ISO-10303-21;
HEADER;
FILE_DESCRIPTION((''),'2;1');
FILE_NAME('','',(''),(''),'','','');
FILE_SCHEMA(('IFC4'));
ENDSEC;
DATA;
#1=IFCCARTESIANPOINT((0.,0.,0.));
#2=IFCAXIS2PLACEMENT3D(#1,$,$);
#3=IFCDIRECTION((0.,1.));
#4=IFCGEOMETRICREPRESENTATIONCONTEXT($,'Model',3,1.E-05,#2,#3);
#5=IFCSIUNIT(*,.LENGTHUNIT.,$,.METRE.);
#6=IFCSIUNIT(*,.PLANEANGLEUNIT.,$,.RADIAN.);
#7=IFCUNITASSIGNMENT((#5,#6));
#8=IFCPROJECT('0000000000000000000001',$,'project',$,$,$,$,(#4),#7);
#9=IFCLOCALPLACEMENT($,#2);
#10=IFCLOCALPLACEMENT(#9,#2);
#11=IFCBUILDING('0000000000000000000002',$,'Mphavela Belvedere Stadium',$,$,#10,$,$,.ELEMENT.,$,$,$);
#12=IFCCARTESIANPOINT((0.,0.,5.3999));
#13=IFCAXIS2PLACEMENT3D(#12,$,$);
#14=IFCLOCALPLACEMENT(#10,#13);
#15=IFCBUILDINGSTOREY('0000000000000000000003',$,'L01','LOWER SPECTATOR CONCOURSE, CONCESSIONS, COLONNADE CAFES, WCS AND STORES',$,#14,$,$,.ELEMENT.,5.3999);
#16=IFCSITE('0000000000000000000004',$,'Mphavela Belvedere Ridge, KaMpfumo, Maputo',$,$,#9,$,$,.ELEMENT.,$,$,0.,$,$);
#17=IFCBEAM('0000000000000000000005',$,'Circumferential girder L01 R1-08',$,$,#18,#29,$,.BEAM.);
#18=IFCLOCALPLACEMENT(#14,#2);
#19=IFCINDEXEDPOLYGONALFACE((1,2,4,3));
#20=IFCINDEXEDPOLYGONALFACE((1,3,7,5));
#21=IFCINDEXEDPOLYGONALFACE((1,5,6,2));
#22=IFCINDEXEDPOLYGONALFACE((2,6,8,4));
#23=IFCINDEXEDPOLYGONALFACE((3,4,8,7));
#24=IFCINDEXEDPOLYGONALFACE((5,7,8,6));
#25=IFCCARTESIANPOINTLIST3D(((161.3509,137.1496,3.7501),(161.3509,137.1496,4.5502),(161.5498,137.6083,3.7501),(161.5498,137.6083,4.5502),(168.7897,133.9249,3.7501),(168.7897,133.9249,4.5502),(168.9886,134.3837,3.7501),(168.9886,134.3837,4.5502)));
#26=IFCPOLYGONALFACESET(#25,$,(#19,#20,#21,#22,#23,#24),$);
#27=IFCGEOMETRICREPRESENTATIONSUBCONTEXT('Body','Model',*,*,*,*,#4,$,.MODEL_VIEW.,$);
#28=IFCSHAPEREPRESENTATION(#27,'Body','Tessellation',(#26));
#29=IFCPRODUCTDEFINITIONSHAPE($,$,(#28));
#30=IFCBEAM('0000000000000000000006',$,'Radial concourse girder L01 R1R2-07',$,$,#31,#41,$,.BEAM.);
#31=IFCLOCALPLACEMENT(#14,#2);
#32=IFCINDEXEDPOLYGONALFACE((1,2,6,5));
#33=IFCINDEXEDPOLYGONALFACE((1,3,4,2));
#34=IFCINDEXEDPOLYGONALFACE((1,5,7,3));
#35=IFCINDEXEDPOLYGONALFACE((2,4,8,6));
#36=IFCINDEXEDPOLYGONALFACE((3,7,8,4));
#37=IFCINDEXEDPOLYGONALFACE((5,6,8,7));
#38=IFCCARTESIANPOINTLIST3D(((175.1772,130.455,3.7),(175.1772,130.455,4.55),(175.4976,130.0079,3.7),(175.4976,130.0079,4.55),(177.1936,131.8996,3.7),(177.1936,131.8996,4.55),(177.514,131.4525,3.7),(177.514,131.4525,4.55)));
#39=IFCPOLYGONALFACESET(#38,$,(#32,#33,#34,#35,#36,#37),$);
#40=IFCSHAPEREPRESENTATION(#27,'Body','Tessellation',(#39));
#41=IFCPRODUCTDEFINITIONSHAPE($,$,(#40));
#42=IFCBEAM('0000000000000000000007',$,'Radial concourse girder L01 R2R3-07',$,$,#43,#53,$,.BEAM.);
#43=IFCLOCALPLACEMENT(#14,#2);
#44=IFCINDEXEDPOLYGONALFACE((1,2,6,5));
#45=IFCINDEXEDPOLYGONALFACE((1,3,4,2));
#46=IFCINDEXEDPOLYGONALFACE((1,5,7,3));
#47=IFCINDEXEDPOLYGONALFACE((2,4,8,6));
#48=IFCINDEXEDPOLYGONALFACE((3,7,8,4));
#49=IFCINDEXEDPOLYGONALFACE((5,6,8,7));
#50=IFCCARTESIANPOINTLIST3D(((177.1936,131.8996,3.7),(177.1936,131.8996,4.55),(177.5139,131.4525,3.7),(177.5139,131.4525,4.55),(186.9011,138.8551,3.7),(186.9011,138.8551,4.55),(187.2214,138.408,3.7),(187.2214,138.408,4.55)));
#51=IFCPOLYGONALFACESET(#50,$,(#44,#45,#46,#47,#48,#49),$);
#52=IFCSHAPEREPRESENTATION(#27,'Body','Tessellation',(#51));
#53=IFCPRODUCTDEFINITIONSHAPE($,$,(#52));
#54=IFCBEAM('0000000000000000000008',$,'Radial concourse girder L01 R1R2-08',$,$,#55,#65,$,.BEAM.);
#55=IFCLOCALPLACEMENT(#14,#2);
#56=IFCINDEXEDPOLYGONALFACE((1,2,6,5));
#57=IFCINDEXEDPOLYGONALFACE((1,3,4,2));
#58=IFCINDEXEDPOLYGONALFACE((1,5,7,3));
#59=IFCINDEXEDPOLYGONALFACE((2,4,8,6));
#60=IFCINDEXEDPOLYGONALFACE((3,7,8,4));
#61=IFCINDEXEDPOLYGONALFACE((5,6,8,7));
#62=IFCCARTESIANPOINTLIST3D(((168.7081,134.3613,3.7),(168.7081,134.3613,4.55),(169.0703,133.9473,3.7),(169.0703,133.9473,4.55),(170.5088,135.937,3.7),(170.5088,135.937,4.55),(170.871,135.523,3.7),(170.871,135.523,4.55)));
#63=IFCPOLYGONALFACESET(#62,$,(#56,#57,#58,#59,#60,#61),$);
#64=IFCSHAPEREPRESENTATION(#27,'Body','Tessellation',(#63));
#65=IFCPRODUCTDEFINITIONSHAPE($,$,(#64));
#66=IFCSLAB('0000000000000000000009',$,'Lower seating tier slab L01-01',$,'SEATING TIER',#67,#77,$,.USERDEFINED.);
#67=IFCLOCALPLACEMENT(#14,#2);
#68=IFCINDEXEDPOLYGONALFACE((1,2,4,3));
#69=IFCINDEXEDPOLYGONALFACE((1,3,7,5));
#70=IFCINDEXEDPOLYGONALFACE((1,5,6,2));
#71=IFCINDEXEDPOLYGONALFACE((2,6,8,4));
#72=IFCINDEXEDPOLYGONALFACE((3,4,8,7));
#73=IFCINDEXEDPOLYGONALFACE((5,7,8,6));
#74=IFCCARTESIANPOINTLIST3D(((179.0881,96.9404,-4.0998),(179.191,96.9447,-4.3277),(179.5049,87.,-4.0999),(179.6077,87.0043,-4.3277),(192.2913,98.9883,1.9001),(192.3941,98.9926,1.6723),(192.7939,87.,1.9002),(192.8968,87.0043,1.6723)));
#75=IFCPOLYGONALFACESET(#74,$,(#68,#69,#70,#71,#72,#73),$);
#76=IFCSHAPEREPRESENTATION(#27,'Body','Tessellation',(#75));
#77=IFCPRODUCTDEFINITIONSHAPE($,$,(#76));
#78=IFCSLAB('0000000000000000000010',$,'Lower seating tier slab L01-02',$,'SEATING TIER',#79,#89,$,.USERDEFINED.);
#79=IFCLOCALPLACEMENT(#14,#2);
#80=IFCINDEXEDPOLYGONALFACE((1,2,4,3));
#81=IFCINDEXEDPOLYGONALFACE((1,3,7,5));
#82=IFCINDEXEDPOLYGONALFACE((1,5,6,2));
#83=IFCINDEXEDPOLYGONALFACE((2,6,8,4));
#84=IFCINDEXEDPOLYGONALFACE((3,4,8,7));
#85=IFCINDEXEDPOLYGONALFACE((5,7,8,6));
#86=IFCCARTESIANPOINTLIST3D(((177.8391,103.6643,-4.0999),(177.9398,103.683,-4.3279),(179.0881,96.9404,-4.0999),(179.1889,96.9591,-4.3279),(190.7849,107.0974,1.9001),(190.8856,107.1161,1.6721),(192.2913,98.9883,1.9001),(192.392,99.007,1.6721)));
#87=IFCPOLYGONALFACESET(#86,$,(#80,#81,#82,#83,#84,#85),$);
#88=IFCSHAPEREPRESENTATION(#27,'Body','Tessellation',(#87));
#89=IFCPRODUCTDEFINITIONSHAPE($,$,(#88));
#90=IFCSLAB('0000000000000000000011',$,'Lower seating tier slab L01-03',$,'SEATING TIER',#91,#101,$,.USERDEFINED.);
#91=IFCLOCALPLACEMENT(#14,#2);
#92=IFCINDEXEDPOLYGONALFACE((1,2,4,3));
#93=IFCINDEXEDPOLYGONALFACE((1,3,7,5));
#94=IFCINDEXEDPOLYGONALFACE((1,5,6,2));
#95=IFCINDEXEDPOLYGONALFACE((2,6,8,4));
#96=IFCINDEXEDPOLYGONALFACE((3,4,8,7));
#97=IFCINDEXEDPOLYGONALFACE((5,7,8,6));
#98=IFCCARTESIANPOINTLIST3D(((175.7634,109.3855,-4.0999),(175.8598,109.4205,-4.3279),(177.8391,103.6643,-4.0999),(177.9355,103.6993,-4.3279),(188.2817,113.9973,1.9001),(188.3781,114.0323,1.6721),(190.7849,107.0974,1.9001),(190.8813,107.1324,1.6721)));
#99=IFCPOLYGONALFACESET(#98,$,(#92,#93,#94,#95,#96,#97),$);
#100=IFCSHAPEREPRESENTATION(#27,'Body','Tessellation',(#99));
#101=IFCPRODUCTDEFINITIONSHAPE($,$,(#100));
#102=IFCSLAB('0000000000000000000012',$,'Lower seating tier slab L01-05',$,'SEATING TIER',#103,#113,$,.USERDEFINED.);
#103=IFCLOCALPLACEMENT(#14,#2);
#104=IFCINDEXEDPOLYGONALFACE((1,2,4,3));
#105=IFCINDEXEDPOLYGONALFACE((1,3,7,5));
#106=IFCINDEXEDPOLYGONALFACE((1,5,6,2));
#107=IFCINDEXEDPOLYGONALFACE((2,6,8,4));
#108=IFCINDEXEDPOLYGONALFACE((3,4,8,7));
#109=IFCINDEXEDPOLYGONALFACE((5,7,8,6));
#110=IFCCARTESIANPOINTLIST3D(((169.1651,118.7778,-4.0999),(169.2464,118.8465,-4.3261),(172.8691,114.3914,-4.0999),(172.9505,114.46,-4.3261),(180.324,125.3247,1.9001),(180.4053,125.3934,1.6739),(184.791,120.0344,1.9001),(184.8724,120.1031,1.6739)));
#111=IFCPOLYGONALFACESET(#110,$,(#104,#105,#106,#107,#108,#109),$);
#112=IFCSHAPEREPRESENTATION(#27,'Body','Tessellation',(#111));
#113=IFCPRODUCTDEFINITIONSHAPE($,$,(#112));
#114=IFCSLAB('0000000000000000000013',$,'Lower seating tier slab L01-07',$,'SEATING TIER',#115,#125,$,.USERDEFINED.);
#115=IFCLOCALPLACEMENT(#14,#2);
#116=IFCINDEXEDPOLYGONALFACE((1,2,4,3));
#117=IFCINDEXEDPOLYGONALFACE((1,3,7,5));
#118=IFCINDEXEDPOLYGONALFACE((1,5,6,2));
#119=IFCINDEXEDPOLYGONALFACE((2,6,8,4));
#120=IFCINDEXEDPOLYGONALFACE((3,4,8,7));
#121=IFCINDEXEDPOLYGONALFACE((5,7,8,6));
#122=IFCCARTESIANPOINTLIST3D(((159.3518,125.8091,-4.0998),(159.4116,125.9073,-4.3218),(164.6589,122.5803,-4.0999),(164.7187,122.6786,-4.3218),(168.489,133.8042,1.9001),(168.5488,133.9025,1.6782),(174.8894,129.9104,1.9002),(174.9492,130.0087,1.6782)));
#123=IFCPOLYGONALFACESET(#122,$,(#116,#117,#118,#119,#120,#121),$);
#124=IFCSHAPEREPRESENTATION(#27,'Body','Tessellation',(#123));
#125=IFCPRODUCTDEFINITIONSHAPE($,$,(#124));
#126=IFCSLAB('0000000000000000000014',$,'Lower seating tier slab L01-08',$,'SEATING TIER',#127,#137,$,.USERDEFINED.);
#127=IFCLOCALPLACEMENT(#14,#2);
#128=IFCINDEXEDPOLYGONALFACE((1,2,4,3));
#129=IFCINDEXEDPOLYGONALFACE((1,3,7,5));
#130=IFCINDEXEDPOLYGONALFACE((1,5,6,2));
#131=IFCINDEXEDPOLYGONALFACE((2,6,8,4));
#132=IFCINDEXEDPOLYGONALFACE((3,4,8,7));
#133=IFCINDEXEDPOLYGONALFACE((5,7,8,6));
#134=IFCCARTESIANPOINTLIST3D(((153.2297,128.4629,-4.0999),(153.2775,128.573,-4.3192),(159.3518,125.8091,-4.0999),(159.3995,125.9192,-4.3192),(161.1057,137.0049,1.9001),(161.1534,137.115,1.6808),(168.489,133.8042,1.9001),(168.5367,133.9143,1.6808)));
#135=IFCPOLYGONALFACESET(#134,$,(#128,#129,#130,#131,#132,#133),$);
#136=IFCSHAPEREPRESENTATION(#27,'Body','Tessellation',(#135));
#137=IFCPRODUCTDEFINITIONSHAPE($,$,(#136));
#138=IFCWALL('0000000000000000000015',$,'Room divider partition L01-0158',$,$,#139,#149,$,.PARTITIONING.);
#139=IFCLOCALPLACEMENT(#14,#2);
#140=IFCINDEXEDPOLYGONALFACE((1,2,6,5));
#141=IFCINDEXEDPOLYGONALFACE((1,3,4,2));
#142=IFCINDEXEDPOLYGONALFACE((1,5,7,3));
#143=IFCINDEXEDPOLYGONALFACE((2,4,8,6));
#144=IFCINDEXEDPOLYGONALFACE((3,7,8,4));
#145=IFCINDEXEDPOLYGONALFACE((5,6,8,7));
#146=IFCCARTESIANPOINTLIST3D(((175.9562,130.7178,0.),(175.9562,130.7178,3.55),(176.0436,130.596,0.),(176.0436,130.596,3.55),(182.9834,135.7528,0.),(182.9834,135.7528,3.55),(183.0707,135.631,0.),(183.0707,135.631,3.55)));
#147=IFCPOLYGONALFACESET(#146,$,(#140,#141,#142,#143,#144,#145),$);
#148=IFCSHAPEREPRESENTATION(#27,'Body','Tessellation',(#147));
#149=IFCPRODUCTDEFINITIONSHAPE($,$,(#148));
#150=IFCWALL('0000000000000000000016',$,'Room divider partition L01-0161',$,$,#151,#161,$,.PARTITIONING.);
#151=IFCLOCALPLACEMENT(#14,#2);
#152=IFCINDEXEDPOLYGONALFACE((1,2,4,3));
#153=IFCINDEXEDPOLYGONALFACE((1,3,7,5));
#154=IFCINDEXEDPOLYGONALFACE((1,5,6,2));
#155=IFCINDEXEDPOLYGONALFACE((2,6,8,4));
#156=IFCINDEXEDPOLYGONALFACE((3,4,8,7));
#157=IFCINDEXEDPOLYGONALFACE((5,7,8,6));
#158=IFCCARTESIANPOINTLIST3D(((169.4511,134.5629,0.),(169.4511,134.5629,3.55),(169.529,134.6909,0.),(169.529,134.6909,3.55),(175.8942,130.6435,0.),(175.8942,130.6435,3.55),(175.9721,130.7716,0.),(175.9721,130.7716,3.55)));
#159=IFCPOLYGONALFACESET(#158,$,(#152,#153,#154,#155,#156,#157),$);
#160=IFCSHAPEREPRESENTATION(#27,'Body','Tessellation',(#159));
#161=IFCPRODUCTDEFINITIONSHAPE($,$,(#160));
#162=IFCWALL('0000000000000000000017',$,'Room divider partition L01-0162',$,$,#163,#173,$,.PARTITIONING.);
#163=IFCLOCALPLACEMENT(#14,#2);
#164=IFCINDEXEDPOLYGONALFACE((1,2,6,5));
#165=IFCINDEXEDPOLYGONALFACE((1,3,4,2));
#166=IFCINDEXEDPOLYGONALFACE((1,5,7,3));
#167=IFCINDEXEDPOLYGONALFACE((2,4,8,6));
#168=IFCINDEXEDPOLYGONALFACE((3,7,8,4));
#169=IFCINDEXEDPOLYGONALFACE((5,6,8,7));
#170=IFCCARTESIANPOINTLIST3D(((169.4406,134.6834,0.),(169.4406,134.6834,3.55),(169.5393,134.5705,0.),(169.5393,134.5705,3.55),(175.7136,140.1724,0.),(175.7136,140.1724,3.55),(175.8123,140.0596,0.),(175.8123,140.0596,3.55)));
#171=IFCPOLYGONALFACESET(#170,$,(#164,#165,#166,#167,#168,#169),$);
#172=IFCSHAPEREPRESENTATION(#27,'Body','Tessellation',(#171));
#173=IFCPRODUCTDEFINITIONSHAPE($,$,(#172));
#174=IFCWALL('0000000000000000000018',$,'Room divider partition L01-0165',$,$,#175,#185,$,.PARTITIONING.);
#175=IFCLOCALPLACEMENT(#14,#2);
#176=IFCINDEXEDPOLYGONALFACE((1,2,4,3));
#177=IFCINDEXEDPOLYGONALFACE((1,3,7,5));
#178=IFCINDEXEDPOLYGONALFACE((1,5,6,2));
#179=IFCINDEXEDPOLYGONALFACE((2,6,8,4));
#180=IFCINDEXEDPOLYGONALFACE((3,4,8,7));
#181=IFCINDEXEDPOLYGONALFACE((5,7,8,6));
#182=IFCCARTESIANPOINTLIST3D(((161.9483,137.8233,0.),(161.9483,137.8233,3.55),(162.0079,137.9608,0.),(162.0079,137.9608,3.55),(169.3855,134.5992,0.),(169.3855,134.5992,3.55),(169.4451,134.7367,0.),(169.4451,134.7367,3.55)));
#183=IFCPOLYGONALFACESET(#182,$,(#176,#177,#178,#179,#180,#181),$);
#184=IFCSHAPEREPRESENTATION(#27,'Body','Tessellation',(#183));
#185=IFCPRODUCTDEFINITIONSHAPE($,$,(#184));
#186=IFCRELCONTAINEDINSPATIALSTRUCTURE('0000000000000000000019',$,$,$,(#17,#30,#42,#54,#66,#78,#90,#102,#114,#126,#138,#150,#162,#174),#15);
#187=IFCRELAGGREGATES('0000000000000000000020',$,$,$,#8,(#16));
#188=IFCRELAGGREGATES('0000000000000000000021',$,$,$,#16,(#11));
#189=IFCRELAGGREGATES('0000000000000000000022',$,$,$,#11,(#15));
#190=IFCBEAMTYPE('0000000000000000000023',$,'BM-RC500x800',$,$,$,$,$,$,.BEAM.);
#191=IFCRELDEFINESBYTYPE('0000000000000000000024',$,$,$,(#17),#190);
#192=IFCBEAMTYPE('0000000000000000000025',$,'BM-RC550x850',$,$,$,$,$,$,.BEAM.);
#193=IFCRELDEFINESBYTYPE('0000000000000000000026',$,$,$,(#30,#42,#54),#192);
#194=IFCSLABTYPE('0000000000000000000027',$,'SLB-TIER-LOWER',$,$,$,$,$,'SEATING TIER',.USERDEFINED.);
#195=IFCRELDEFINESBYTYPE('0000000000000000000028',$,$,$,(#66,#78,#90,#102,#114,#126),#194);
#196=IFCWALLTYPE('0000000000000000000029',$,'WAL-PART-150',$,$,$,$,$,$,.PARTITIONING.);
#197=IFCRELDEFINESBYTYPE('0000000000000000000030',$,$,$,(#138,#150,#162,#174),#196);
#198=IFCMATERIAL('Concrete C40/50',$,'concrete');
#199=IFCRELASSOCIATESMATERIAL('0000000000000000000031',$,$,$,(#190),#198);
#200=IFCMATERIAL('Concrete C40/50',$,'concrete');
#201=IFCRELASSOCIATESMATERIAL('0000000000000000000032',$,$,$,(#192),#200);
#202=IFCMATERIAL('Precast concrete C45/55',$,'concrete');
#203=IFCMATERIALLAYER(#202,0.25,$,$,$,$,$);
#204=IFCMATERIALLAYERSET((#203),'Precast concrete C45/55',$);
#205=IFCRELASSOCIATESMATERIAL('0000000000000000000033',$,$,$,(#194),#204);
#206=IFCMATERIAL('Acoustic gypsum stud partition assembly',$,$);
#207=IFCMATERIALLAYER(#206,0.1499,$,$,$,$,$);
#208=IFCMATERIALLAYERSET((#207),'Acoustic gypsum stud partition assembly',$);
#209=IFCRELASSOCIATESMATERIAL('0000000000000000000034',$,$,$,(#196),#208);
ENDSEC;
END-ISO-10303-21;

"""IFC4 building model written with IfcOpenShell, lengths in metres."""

from ifc_helpers import new_model, si_unit, direction, frame, frame_2d, origin, origin_2d, place, context, subcontext, project, spatial, polyline, rectangle, outline, extrude, material, layer, layer_set, material_profile, profile_set, type_object, element, save


model = new_model("IFC4")

# Units and contexts
model_context = context("Model", 3, precision=1e-05, world=origin(), true_north=direction((0.0, 1.0)))
body_context = subcontext(model_context, "Body", "Model", "MODEL_VIEW")
ifc_project = project(units=[si_unit("LENGTHUNIT", "METRE"), si_unit("PLANEANGLEUNIT", "RADIAN")], contexts=[model_context])

# Site, building, storey
site_placement = place(None, origin())
site = spatial("IfcSite", under=ifc_project, at=site_placement, Name="Mphavela Belvedere Ridge, KaMpfumo, Maputo", CompositionType="ELEMENT", RefElevation=0.0)
building_placement = place(site_placement, origin())
building = spatial("IfcBuilding", under=site, at=building_placement, Name="Mphavela Belvedere Stadium", CompositionType="ELEMENT")
storey_placement = place(building_placement, frame((0.0, 0.0, 5.3999)))
storey = spatial("IfcBuildingStorey", under=building, at=storey_placement, Name="L01", Description="LOWER SPECTATOR CONCOURSE, CONCESSIONS, COLONNADE CAFES, WCS AND STORES", CompositionType="ELEMENT", Elevation=5.3999)

# Beams
ifc_material_1 = material(Name="Concrete C40/50", Category="concrete")
ifc_material_profile_1 = material_profile(ifc_material_1, rectangle(XDim=0.5, YDim=0.8, at=origin_2d()), Name="RC 500x800")
ifc_profile_set_1 = profile_set([ifc_material_profile_1], Name="Concrete C40/50")
beam_type_1 = type_object("IfcBeamType", Name="BM-RC500x800", PredefinedType="BEAM", material=ifc_profile_set_1)
beam_1_placement = place(storey_placement, frame((168.8892, 134.1543, 4.1501), z_axis=(-0.917503, 0.397728, 0.0), x_axis=(-0.397728, -0.917503, 0.0)))
element("IfcBeam", 1, at=beam_1_placement, inside=storey, type_object=beam_type_1, Name="Circumferential girder L01 R1-08", PredefinedType="BEAM", context=body_context, shape_type="SweptSolid", body=[
    extrude(rectangle(XDim=0.5, YDim=0.8, at=origin_2d()), origin(), (0.0, 0.0, 1.0), 8.1077),
])
ifc_material_2 = material(Name="Concrete C40/50", Category="concrete")
ifc_material_profile_2 = material_profile(ifc_material_2, rectangle(XDim=0.55, YDim=0.8501, at=origin_2d()), Name="RC 550x850")
ifc_profile_set_2 = profile_set([ifc_material_profile_2], Name="Concrete C40/50")
beam_type_2 = type_object("IfcBeamType", Name="BM-RC550x850", PredefinedType="BEAM", material=ifc_profile_set_2)
beam_2_placement = place(storey_placement, frame((175.3374, 130.2314, 4.125), z_axis=(0.812908, 0.582392, 0.0), x_axis=(-0.582392, 0.812908, 0.0)))
element("IfcBeam", 2, at=beam_2_placement, inside=storey, type_object=beam_type_2, Name="Radial concourse girder L01 R1R2-07", PredefinedType="BEAM", context=body_context, shape_type="SweptSolid", body=[
    extrude(rectangle(XDim=0.55, YDim=0.8501, at=origin_2d()), origin(), (0.0, 0.0, 1.0), 2.4805),
])
beam_3_placement = place(storey_placement, frame((177.3538, 131.676, 4.125), z_axis=(0.812876, 0.582437, 0.0), x_axis=(-0.582437, 0.812876, 0.0)))
element("IfcBeam", 3, at=beam_3_placement, inside=storey, type_object=beam_type_2, Name="Radial concourse girder L01 R2R3-07", PredefinedType="BEAM", context=body_context, shape_type="SweptSolid", body=[
    extrude(rectangle(XDim=0.55, YDim=0.8501, at=origin_2d()), origin(), (0.0, 0.0, 1.0), 11.9421),
])
beam_4_placement = place(storey_placement, frame((168.8892, 134.1543, 4.125), z_axis=(0.752577, 0.658505, 0.0), x_axis=(-0.658505, 0.752577, 0.0)))
element("IfcBeam", 4, at=beam_4_placement, inside=storey, type_object=beam_type_2, Name="Radial concourse girder L01 R1R2-08", PredefinedType="BEAM", context=body_context, shape_type="SweptSolid", body=[
    extrude(rectangle(XDim=0.55, YDim=0.8501, at=origin_2d()), origin(), (0.0, 0.0, 1.0), 2.3928),
])

# Slabs
ifc_material_3 = material(Name="Precast concrete C45/55", Category="concrete")
ifc_layer_1 = layer(ifc_material_3, 0.25)
ifc_layer_set_1 = layer_set([ifc_layer_1], Name="Precast concrete C45/55")
slab_type = type_object("IfcSlabType", Name="SLB-TIER-LOWER", ElementType="SEATING TIER", PredefinedType="USERDEFINED", material=ifc_layer_set_1)
slab_1_placement = place(storey_placement, frame((179.5049, 87.0, -4.0999), z_axis=(-0.41144, -0.017251, 0.911273), x_axis=(-0.041888, 0.999122, 0.000001)))
element("IfcSlab", 5, at=slab_1_placement, inside=storey, type_object=slab_type, Name="Lower seating tier slab L01-01", ObjectType="SEATING TIER", PredefinedType="USERDEFINED", context=body_context, shape_type="SweptSolid", body=[
    extrude(outline(polyline([(0.0, 0.0), (9.9492, 0.0), (11.4422, -14.5701), (-0.5566, -14.5702), (0.0, 0.0)])), origin(), (0.0, 0.0, -1.0), 0.25),
])
slab_2_placement = place(storey_placement, frame((179.0881, 96.9404, -4.0999), z_axis=(-0.402916, -0.074846, 0.912171), x_axis=(-0.182635, 0.983181, 0.0)))
element("IfcSlab", 6, at=slab_2_placement, inside=storey, type_object=slab_type, Name="Lower seating tier slab L01-02", ObjectType="SEATING TIER", PredefinedType="USERDEFINED", context=body_context, shape_type="SweptSolid", body=[
    extrude(outline(polyline([(0.0, 0.0), (6.8389, 0.0), (7.8499, -14.641), (-0.3979, -14.641), (0.0, 0.0)])), origin(), (0.0, 0.0, -1.0), 0.25),
])
slab_3_placement = place(storey_placement, frame((177.8391, 103.6643, -4.0999), z_axis=(-0.385588, -0.139889, 0.912005), x_axis=(-0.341052, 0.940044, -0.000004)))
element("IfcSlab", 7, at=slab_3_placement, inside=storey, type_object=slab_type, Name="Lower seating tier slab L01-03", ObjectType="SEATING TIER", PredefinedType="USERDEFINED", context=body_context, shape_type="SweptSolid", body=[
    extrude(outline(polyline([(0.0, 0.0), (6.0861, 0.0), (6.152, -14.6278), (-1.1879, -14.6277), (0.0, 0.0)])), origin(), (0.0, 0.0, -1.0), 0.25),
])
slab_4_placement = place(storey_placement, frame((172.8691, 114.3914, -4.0999), z_axis=(-0.325335, -0.274716, 0.904814), x_axis=(-0.645175, 0.764035, -0.000006)))
element("IfcSlab", 8, at=slab_4_placement, inside=storey, type_object=slab_type, Name="Lower seating tier slab L01-05", ObjectType="SEATING TIER", PredefinedType="USERDEFINED", context=body_context, shape_type="SweptSolid", body=[
    extrude(outline(polyline([(0.0, 0.0), (5.7412, 0.0), (3.5437, -14.0909), (-3.3802, -14.0908), (0.0, 0.0)])), origin(), (0.0, 0.0, -1.0), 0.25),
])
slab_5_placement = place(storey_placement, frame((164.6589, 122.5803, -4.0999), z_axis=(-0.239118, -0.393043, 0.887885), x_axis=(-0.854318, 0.51975, 0.000002)))
element("IfcSlab", 9, at=slab_5_placement, inside=storey, type_object=slab_type, Name="Lower seating tier slab L01-07", ObjectType="SEATING TIER", PredefinedType="USERDEFINED", context=body_context, shape_type="SweptSolid", body=[
    extrude(outline(polyline([(0.0, 0.0), (6.2121, 0.0), (2.5615, -13.0416), (-4.9303, -13.0417), (0.0, 0.0)])), origin(), (0.0, 0.0, -1.0), 0.25),
])
slab_6_placement = place(storey_placement, frame((159.3518, 125.8091, -4.0999), z_axis=(-0.190859, -0.440281, 0.87734), x_axis=(-0.917505, 0.397724, -0.000004)))
element("IfcSlab", 10, at=slab_6_placement, inside=storey, type_object=slab_type, Name="Lower seating tier slab L01-08", ObjectType="SEATING TIER", PredefinedType="USERDEFINED", context=body_context, shape_type="SweptSolid", body=[
    extrude(outline(polyline([(0.0, 0.0), (6.6725, 0.0), (2.8436, -12.5034), (-5.2036, -12.5033), (0.0, 0.0)])), origin(), (0.0, 0.0, -1.0), 0.25),
])

# Walls
ifc_material_4 = material(Name="Acoustic gypsum stud partition assembly")
ifc_layer_2 = layer(ifc_material_4, 0.1499)
ifc_layer_set_2 = layer_set([ifc_layer_2], Name="Acoustic gypsum stud partition assembly")
wall_type = type_object("IfcWallType", Name="WAL-PART-150", PredefinedType="PARTITIONING", material=ifc_layer_set_2)
wall_1_placement = place(storey_placement, frame((176.0, 130.657, 0.0), z_axis=(0.0, 0.0, 1.0), x_axis=(0.812882, 0.582429, 0.0)))
element("IfcWall", 11, at=wall_1_placement, inside=storey, type_object=wall_type, Name="Room divider partition L01-0158", PredefinedType="PARTITIONING", context=body_context, shape_type="SweptSolid", body=[
    extrude(rectangle(XDim=8.6448, YDim=0.1499, at=frame_2d((4.3223, 0.0))), origin(), (0.0, 0.0, 1.0), 3.55),
])
wall_2_placement = place(storey_placement, frame((175.9331, 130.7075, 0.0), z_axis=(0.0, 0.0, 1.0), x_axis=(-0.854344, 0.519709, 0.0)))
element("IfcWall", 12, at=wall_2_placement, inside=storey, type_object=wall_type, Name="Room divider partition L01-0161", PredefinedType="PARTITIONING", context=body_context, shape_type="SweptSolid", body=[
    extrude(rectangle(XDim=7.5415, YDim=0.1499, at=frame_2d((3.7708, 0.0))), origin(), (0.0, 0.0, 1.0), 3.55),
])
wall_3_placement = place(storey_placement, frame((169.49, 134.627, 0.0), z_axis=(0.0, 0.0, 1.0), x_axis=(0.752566, 0.658517, 0.0)))
element("IfcWall", 13, at=wall_3_placement, inside=storey, type_object=wall_type, Name="Room divider partition L01-0162", PredefinedType="PARTITIONING", context=body_context, shape_type="SweptSolid", body=[
    extrude(rectangle(XDim=8.3354, YDim=0.1499, at=frame_2d((4.1677, 0.0))), origin(), (0.0, 0.0, 1.0), 3.55),
])
wall_4_placement = place(storey_placement, frame((169.4153, 134.668, 0.0), z_axis=(0.0, 0.0, 1.0), x_axis=(-0.917497, 0.397744, 0.0)))
element("IfcWall", 14, at=wall_4_placement, inside=storey, type_object=wall_type, Name="Room divider partition L01-0165", PredefinedType="PARTITIONING", context=body_context, shape_type="SweptSolid", body=[
    extrude(rectangle(XDim=8.106, YDim=0.1499, at=frame_2d((4.053, 0.0))), origin(), (0.0, 0.0, 1.0), 3.55),
])

save(model, "model.ifc")
